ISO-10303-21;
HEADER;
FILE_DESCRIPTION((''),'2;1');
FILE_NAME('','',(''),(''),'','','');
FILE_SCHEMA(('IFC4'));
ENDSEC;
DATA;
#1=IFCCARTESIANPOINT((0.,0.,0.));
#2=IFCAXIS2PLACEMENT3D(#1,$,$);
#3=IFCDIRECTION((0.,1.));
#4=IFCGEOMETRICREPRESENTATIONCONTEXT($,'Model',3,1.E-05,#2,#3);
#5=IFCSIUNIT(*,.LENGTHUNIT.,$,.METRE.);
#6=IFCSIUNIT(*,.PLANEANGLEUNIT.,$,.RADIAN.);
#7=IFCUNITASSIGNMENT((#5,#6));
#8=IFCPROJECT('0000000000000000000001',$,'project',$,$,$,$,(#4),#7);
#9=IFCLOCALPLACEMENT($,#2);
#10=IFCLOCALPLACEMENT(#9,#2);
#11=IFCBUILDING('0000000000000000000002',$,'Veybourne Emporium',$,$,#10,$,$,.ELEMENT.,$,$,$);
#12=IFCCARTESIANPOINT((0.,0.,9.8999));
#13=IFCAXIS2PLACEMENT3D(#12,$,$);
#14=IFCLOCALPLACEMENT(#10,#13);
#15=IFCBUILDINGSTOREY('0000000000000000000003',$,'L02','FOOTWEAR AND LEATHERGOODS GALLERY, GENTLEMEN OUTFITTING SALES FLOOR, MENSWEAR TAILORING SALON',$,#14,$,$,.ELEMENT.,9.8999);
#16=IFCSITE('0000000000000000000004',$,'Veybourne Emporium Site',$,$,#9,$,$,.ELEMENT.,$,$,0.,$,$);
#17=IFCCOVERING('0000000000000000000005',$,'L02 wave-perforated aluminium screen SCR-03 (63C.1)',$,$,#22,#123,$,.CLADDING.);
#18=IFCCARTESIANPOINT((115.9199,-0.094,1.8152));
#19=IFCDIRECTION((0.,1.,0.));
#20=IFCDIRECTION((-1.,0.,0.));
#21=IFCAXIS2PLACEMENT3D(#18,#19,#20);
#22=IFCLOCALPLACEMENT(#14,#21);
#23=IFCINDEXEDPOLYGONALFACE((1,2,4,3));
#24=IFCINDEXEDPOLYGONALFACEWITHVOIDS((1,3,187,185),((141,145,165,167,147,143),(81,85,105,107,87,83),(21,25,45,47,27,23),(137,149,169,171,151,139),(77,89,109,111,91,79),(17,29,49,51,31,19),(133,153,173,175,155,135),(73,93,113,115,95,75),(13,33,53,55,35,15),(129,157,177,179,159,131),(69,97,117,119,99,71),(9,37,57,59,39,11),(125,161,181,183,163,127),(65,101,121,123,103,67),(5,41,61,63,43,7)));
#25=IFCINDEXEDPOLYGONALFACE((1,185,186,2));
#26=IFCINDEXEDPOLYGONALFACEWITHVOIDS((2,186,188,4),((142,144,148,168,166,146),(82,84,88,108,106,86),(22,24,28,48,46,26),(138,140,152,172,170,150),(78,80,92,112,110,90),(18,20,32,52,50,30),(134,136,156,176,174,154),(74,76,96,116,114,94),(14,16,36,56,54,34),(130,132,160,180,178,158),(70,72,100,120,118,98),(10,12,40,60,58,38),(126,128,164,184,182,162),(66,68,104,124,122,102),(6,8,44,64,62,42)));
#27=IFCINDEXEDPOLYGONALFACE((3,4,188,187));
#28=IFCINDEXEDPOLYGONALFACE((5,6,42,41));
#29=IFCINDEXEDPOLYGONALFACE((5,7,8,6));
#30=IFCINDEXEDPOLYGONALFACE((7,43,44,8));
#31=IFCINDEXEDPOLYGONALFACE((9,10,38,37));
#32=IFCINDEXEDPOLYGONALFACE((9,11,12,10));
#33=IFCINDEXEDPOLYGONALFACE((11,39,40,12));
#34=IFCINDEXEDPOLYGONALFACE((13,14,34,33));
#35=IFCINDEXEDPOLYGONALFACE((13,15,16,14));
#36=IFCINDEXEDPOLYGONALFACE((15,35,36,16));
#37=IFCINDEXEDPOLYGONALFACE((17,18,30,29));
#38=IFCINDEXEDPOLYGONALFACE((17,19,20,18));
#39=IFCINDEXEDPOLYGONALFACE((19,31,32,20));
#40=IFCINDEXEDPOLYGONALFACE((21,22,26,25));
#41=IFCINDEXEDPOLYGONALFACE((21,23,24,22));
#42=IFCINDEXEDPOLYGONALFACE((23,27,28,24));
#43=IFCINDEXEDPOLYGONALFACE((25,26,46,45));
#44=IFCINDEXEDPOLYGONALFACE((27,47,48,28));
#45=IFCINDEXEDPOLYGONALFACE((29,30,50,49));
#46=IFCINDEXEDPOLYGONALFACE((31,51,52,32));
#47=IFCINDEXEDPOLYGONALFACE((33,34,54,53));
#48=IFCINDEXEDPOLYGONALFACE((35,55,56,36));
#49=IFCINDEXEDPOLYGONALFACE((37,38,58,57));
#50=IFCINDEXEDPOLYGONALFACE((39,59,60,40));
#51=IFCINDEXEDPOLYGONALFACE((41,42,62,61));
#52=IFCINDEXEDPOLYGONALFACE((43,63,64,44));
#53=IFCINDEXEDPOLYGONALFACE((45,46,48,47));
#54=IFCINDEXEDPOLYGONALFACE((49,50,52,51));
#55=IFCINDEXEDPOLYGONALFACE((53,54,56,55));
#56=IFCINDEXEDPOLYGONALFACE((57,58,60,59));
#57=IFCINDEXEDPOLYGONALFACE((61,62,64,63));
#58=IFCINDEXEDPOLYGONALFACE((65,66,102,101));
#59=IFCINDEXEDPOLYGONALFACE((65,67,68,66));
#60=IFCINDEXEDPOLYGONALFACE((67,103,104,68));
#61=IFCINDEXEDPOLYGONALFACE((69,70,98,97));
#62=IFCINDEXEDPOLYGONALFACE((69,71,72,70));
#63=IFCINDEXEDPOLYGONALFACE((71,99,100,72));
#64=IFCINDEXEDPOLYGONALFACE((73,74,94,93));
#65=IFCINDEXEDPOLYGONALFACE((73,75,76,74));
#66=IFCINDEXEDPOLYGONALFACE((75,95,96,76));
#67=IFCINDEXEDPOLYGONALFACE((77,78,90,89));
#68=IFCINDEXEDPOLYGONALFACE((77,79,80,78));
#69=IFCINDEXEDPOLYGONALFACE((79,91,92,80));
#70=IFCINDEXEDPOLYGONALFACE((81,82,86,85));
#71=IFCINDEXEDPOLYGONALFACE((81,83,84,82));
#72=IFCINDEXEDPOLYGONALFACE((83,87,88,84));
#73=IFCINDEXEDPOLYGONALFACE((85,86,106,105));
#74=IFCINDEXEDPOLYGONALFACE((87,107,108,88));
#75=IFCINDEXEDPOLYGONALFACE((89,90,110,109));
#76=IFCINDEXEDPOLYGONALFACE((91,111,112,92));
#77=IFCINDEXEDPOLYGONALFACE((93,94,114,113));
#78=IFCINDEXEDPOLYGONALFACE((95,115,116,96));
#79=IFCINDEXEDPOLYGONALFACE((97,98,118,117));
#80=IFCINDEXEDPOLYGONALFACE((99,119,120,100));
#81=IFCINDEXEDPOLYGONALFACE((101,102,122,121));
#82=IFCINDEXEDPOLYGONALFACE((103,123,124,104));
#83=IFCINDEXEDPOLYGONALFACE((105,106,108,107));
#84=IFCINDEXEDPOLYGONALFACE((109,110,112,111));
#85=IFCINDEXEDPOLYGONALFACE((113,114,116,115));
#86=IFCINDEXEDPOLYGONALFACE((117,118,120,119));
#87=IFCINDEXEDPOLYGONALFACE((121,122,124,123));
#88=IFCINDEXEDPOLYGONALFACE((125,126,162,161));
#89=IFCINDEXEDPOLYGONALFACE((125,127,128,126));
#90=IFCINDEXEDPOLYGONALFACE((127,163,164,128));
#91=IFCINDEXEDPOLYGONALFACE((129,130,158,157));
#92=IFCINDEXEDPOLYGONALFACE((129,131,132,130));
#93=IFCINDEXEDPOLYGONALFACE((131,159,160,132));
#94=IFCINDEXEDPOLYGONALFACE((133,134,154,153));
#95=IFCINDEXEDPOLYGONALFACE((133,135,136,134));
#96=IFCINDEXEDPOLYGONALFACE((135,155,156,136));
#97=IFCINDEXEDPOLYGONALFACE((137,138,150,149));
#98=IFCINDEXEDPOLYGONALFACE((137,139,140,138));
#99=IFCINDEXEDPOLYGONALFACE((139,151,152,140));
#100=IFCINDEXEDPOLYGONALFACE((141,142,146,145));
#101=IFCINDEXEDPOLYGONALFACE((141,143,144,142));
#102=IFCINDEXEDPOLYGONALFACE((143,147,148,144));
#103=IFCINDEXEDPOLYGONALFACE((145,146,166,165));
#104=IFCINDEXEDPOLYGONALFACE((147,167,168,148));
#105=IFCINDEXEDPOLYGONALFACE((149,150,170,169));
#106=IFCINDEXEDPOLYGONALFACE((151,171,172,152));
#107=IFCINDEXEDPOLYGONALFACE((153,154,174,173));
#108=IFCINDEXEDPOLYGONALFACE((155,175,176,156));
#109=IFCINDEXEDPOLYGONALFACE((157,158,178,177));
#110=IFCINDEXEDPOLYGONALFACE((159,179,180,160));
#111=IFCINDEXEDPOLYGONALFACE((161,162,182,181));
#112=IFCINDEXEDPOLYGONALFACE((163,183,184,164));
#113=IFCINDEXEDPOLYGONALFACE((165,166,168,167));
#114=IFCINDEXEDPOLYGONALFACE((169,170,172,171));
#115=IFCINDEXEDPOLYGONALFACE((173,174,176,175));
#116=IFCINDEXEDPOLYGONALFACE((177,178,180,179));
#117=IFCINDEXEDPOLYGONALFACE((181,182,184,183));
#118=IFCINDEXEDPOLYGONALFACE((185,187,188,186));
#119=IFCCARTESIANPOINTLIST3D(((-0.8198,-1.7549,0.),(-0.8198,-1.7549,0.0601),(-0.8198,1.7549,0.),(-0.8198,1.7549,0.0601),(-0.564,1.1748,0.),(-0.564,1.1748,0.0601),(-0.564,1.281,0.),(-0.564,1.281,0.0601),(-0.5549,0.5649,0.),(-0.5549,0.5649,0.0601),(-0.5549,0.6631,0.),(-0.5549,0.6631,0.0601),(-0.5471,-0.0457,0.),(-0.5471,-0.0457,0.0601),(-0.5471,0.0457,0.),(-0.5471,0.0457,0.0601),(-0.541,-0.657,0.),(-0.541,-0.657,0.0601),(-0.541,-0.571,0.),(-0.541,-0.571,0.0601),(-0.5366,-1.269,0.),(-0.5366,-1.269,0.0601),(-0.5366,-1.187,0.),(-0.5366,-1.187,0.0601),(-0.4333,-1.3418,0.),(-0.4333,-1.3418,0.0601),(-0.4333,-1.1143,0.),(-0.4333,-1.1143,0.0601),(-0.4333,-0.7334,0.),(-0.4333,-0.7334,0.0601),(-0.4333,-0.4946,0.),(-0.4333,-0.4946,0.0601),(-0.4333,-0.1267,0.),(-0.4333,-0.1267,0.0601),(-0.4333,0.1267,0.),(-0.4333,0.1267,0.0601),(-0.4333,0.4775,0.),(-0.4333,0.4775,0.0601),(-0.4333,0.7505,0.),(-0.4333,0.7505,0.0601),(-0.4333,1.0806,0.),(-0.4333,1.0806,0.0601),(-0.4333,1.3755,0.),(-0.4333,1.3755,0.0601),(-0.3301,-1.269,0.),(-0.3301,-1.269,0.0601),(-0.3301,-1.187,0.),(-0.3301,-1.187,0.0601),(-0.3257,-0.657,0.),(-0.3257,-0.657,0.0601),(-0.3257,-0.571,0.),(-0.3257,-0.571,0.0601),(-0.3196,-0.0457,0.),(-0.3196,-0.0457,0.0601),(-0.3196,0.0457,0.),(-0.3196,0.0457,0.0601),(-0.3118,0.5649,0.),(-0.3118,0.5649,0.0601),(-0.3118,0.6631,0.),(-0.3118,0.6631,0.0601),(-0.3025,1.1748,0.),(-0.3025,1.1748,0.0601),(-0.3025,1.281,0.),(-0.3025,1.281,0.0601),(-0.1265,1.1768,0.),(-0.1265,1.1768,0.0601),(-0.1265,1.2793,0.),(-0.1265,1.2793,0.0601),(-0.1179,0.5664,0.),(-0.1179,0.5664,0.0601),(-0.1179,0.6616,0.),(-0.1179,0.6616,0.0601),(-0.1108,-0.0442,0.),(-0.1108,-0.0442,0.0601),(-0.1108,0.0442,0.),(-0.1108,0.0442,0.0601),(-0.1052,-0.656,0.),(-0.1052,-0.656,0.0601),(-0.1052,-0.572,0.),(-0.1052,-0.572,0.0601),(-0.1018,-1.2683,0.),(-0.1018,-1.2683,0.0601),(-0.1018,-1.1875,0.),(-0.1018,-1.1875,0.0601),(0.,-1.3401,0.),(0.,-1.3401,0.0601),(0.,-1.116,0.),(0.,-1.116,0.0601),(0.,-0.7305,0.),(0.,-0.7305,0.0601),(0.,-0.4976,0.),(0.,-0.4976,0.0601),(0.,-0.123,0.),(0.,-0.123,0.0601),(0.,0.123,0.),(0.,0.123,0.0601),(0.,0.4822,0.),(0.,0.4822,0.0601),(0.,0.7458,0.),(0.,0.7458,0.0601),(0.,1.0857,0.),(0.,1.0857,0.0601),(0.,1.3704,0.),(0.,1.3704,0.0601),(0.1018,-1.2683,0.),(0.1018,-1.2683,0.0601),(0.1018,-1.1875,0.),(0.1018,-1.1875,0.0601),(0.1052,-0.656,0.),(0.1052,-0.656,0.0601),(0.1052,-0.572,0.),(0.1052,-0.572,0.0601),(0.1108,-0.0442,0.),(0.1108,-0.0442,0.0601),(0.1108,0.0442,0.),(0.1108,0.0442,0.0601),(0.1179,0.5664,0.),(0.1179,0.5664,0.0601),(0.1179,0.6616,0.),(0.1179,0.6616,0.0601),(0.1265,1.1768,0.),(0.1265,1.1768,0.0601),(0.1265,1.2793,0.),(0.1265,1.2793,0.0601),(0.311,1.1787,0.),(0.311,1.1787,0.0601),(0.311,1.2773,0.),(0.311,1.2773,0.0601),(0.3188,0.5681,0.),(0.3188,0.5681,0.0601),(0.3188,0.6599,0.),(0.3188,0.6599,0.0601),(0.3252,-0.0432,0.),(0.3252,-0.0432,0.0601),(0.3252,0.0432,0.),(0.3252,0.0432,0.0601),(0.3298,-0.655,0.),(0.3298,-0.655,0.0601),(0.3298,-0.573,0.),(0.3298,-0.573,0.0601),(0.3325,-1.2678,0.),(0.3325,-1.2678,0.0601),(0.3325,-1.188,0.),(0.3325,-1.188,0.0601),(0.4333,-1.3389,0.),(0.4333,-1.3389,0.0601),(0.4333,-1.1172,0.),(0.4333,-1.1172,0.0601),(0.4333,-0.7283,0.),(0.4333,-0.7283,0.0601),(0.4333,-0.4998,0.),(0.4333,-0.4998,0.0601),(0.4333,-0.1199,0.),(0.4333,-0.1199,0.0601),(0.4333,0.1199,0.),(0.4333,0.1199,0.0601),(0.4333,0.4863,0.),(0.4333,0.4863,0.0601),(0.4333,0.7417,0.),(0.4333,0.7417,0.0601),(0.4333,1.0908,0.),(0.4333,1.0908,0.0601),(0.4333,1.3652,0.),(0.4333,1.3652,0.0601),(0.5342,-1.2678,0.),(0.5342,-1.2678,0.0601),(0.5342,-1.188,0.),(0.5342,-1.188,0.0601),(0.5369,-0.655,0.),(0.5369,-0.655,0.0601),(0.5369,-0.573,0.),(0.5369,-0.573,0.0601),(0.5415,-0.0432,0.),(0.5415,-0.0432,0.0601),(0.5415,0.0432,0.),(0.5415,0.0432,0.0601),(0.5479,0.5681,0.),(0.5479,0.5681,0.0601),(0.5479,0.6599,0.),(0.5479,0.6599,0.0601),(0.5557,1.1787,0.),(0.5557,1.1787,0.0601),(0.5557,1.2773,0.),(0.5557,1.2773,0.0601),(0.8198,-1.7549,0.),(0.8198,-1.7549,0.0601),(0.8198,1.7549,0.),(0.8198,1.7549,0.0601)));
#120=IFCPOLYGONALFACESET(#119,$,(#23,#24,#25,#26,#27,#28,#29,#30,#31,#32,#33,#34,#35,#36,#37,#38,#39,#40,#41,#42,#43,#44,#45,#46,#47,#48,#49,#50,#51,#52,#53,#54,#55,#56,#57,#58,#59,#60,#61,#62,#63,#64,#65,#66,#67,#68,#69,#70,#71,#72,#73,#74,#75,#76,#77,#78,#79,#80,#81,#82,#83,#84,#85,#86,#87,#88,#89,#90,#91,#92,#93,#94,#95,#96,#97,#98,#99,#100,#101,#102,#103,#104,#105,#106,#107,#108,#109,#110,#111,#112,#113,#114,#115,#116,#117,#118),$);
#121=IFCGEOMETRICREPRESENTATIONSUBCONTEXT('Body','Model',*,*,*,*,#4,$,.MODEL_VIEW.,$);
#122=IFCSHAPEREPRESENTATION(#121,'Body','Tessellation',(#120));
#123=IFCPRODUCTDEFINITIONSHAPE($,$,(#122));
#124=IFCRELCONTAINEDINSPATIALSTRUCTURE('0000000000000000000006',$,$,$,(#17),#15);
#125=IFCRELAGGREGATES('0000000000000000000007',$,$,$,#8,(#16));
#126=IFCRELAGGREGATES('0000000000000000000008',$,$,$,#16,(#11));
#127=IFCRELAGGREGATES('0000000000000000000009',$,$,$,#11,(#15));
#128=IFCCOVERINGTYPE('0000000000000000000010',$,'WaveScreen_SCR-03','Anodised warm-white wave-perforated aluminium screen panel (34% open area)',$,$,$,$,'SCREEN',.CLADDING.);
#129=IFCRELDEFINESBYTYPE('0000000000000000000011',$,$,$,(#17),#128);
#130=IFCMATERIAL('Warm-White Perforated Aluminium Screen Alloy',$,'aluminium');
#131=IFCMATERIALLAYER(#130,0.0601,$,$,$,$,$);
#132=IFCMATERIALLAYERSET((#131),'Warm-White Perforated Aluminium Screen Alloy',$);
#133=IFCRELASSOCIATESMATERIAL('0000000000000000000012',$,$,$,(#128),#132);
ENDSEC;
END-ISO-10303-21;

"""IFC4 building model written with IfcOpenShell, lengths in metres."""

from ifc_helpers import new_model, si_unit, direction, frame, origin, place, context, subcontext, project, spatial, polyline, outline, extrude, material, layer, layer_set, type_object, element, save


model = new_model("IFC4")

# Units and contexts
model_context = context("Model", 3, precision=1e-05, world=origin(), true_north=direction((0.0, 1.0)))
body_context = subcontext(model_context, "Body", "Model", "MODEL_VIEW")
ifc_project = project(units=[si_unit("LENGTHUNIT", "METRE"), si_unit("PLANEANGLEUNIT", "RADIAN")], contexts=[model_context])

# Site, building, storey
site_placement = place(None, origin())
site = spatial("IfcSite", under=ifc_project, at=site_placement, Name="Veybourne Emporium Site", CompositionType="ELEMENT", RefElevation=0.0)
building_placement = place(site_placement, origin())
building = spatial("IfcBuilding", under=site, at=building_placement, Name="Veybourne Emporium", CompositionType="ELEMENT")
storey_placement = place(building_placement, frame((0.0, 0.0, 9.8999)))
storey = spatial("IfcBuildingStorey", under=building, at=storey_placement, Name="L02", Description="FOOTWEAR AND LEATHERGOODS GALLERY, GENTLEMEN OUTFITTING SALES FLOOR, MENSWEAR TAILORING SALON", CompositionType="ELEMENT", Elevation=9.8999)

# Covering
ifc_material_1 = material(Name="Warm-White Perforated Aluminium Screen Alloy", Category="aluminium")
ifc_layer_1 = layer(ifc_material_1, 0.0601)
ifc_layer_set_1 = layer_set([ifc_layer_1], Name="Warm-White Perforated Aluminium Screen Alloy")
covering_type_1 = type_object("IfcCoveringType", Name="WaveScreen_SCR-03", Description="Anodised warm-white wave-perforated aluminium screen panel (34% open area)", ElementType="SCREEN", PredefinedType="CLADDING", material=ifc_layer_set_1)
covering_1_placement = place(storey_placement, frame((115.9199, -0.094, 1.8152), z_axis=(0.0, 1.0, 0.0), x_axis=(-1.0, 0.0, 0.0)))
element("IfcCovering", 1, at=covering_1_placement, inside=storey, type_object=covering_type_1, Name="L02 wave-perforated aluminium screen SCR-03 (63C.1)", PredefinedType="CLADDING", context=body_context, shape_type="SweptSolid", body=[
    extrude(outline(polyline([(-0.8198, -1.7549), (0.8198, -1.7549), (0.8198, 1.7549), (-0.8198, 1.7549), (-0.8198, -1.7549)]), holes=[polyline([(-0.4333, -1.1143), (-0.3301, -1.187), (-0.3301, -1.269), (-0.4333, -1.3418), (-0.5366, -1.269), (-0.5366, -1.187), (-0.4333, -1.1143)]), polyline([(-0.4333, -0.4946), (-0.3257, -0.571), (-0.3257, -0.657), (-0.4333, -0.7334), (-0.541, -0.657), (-0.541, -0.571), (-0.4333, -0.4946)]), polyline([(-0.4333, 0.1267), (-0.3196, 0.0457), (-0.3196, -0.0457), (-0.4333, -0.1267), (-0.5471, -0.0457), (-0.5471, 0.0457), (-0.4333, 0.1267)]), polyline([(-0.4333, 0.7505), (-0.3118, 0.6631), (-0.3118, 0.5649), (-0.4333, 0.4775), (-0.5549, 0.5649), (-0.5549, 0.6631), (-0.4333, 0.7505)]), polyline([(-0.4333, 1.3755), (-0.3025, 1.281), (-0.3025, 1.1748), (-0.4333, 1.0806), (-0.564, 1.1748), (-0.564, 1.281), (-0.4333, 1.3755)]), polyline([(0.0, -1.116), (0.1018, -1.1875), (0.1018, -1.2683), (0.0, -1.3401), (-0.1018, -1.2683), (-0.1018, -1.1875), (0.0, -1.116)]), polyline([(0.0, -0.4976), (0.1052, -0.572), (0.1052, -0.656), (0.0, -0.7305), (-0.1052, -0.656), (-0.1052, -0.572), (0.0, -0.4976)]), polyline([(0.0, 0.123), (0.1108, 0.0442), (0.1108, -0.0442), (0.0, -0.123), (-0.1108, -0.0442), (-0.1108, 0.0442), (0.0, 0.123)]), polyline([(0.0, 0.7458), (0.1179, 0.6616), (0.1179, 0.5664), (0.0, 0.4822), (-0.1179, 0.5664), (-0.1179, 0.6616), (0.0, 0.7458)]), polyline([(0.0, 1.3704), (0.1265, 1.2793), (0.1265, 1.1768), (0.0, 1.0857), (-0.1265, 1.1768), (-0.1265, 1.2793), (0.0, 1.3704)]), polyline([(0.4333, -1.1172), (0.5342, -1.188), (0.5342, -1.2678), (0.4333, -1.3389), (0.3325, -1.2678), (0.3325, -1.188), (0.4333, -1.1172)]), polyline([(0.4333, -0.4998), (0.5369, -0.573), (0.5369, -0.655), (0.4333, -0.7283), (0.3298, -0.655), (0.3298, -0.573), (0.4333, -0.4998)]), polyline([(0.4333, 0.1199), (0.5415, 0.0432), (0.5415, -0.0432), (0.4333, -0.1199), (0.3252, -0.0432), (0.3252, 0.0432), (0.4333, 0.1199)]), polyline([(0.4333, 0.7417), (0.5479, 0.6599), (0.5479, 0.5681), (0.4333, 0.4863), (0.3188, 0.5681), (0.3188, 0.6599), (0.4333, 0.7417)]), polyline([(0.4333, 1.3652), (0.5557, 1.2773), (0.5557, 1.1787), (0.4333, 1.0908), (0.311, 1.1787), (0.311, 1.2773), (0.4333, 1.3652)])]), origin(), (0.0, 0.0, 1.0), 0.0601),
])

save(model, "model.ifc")
